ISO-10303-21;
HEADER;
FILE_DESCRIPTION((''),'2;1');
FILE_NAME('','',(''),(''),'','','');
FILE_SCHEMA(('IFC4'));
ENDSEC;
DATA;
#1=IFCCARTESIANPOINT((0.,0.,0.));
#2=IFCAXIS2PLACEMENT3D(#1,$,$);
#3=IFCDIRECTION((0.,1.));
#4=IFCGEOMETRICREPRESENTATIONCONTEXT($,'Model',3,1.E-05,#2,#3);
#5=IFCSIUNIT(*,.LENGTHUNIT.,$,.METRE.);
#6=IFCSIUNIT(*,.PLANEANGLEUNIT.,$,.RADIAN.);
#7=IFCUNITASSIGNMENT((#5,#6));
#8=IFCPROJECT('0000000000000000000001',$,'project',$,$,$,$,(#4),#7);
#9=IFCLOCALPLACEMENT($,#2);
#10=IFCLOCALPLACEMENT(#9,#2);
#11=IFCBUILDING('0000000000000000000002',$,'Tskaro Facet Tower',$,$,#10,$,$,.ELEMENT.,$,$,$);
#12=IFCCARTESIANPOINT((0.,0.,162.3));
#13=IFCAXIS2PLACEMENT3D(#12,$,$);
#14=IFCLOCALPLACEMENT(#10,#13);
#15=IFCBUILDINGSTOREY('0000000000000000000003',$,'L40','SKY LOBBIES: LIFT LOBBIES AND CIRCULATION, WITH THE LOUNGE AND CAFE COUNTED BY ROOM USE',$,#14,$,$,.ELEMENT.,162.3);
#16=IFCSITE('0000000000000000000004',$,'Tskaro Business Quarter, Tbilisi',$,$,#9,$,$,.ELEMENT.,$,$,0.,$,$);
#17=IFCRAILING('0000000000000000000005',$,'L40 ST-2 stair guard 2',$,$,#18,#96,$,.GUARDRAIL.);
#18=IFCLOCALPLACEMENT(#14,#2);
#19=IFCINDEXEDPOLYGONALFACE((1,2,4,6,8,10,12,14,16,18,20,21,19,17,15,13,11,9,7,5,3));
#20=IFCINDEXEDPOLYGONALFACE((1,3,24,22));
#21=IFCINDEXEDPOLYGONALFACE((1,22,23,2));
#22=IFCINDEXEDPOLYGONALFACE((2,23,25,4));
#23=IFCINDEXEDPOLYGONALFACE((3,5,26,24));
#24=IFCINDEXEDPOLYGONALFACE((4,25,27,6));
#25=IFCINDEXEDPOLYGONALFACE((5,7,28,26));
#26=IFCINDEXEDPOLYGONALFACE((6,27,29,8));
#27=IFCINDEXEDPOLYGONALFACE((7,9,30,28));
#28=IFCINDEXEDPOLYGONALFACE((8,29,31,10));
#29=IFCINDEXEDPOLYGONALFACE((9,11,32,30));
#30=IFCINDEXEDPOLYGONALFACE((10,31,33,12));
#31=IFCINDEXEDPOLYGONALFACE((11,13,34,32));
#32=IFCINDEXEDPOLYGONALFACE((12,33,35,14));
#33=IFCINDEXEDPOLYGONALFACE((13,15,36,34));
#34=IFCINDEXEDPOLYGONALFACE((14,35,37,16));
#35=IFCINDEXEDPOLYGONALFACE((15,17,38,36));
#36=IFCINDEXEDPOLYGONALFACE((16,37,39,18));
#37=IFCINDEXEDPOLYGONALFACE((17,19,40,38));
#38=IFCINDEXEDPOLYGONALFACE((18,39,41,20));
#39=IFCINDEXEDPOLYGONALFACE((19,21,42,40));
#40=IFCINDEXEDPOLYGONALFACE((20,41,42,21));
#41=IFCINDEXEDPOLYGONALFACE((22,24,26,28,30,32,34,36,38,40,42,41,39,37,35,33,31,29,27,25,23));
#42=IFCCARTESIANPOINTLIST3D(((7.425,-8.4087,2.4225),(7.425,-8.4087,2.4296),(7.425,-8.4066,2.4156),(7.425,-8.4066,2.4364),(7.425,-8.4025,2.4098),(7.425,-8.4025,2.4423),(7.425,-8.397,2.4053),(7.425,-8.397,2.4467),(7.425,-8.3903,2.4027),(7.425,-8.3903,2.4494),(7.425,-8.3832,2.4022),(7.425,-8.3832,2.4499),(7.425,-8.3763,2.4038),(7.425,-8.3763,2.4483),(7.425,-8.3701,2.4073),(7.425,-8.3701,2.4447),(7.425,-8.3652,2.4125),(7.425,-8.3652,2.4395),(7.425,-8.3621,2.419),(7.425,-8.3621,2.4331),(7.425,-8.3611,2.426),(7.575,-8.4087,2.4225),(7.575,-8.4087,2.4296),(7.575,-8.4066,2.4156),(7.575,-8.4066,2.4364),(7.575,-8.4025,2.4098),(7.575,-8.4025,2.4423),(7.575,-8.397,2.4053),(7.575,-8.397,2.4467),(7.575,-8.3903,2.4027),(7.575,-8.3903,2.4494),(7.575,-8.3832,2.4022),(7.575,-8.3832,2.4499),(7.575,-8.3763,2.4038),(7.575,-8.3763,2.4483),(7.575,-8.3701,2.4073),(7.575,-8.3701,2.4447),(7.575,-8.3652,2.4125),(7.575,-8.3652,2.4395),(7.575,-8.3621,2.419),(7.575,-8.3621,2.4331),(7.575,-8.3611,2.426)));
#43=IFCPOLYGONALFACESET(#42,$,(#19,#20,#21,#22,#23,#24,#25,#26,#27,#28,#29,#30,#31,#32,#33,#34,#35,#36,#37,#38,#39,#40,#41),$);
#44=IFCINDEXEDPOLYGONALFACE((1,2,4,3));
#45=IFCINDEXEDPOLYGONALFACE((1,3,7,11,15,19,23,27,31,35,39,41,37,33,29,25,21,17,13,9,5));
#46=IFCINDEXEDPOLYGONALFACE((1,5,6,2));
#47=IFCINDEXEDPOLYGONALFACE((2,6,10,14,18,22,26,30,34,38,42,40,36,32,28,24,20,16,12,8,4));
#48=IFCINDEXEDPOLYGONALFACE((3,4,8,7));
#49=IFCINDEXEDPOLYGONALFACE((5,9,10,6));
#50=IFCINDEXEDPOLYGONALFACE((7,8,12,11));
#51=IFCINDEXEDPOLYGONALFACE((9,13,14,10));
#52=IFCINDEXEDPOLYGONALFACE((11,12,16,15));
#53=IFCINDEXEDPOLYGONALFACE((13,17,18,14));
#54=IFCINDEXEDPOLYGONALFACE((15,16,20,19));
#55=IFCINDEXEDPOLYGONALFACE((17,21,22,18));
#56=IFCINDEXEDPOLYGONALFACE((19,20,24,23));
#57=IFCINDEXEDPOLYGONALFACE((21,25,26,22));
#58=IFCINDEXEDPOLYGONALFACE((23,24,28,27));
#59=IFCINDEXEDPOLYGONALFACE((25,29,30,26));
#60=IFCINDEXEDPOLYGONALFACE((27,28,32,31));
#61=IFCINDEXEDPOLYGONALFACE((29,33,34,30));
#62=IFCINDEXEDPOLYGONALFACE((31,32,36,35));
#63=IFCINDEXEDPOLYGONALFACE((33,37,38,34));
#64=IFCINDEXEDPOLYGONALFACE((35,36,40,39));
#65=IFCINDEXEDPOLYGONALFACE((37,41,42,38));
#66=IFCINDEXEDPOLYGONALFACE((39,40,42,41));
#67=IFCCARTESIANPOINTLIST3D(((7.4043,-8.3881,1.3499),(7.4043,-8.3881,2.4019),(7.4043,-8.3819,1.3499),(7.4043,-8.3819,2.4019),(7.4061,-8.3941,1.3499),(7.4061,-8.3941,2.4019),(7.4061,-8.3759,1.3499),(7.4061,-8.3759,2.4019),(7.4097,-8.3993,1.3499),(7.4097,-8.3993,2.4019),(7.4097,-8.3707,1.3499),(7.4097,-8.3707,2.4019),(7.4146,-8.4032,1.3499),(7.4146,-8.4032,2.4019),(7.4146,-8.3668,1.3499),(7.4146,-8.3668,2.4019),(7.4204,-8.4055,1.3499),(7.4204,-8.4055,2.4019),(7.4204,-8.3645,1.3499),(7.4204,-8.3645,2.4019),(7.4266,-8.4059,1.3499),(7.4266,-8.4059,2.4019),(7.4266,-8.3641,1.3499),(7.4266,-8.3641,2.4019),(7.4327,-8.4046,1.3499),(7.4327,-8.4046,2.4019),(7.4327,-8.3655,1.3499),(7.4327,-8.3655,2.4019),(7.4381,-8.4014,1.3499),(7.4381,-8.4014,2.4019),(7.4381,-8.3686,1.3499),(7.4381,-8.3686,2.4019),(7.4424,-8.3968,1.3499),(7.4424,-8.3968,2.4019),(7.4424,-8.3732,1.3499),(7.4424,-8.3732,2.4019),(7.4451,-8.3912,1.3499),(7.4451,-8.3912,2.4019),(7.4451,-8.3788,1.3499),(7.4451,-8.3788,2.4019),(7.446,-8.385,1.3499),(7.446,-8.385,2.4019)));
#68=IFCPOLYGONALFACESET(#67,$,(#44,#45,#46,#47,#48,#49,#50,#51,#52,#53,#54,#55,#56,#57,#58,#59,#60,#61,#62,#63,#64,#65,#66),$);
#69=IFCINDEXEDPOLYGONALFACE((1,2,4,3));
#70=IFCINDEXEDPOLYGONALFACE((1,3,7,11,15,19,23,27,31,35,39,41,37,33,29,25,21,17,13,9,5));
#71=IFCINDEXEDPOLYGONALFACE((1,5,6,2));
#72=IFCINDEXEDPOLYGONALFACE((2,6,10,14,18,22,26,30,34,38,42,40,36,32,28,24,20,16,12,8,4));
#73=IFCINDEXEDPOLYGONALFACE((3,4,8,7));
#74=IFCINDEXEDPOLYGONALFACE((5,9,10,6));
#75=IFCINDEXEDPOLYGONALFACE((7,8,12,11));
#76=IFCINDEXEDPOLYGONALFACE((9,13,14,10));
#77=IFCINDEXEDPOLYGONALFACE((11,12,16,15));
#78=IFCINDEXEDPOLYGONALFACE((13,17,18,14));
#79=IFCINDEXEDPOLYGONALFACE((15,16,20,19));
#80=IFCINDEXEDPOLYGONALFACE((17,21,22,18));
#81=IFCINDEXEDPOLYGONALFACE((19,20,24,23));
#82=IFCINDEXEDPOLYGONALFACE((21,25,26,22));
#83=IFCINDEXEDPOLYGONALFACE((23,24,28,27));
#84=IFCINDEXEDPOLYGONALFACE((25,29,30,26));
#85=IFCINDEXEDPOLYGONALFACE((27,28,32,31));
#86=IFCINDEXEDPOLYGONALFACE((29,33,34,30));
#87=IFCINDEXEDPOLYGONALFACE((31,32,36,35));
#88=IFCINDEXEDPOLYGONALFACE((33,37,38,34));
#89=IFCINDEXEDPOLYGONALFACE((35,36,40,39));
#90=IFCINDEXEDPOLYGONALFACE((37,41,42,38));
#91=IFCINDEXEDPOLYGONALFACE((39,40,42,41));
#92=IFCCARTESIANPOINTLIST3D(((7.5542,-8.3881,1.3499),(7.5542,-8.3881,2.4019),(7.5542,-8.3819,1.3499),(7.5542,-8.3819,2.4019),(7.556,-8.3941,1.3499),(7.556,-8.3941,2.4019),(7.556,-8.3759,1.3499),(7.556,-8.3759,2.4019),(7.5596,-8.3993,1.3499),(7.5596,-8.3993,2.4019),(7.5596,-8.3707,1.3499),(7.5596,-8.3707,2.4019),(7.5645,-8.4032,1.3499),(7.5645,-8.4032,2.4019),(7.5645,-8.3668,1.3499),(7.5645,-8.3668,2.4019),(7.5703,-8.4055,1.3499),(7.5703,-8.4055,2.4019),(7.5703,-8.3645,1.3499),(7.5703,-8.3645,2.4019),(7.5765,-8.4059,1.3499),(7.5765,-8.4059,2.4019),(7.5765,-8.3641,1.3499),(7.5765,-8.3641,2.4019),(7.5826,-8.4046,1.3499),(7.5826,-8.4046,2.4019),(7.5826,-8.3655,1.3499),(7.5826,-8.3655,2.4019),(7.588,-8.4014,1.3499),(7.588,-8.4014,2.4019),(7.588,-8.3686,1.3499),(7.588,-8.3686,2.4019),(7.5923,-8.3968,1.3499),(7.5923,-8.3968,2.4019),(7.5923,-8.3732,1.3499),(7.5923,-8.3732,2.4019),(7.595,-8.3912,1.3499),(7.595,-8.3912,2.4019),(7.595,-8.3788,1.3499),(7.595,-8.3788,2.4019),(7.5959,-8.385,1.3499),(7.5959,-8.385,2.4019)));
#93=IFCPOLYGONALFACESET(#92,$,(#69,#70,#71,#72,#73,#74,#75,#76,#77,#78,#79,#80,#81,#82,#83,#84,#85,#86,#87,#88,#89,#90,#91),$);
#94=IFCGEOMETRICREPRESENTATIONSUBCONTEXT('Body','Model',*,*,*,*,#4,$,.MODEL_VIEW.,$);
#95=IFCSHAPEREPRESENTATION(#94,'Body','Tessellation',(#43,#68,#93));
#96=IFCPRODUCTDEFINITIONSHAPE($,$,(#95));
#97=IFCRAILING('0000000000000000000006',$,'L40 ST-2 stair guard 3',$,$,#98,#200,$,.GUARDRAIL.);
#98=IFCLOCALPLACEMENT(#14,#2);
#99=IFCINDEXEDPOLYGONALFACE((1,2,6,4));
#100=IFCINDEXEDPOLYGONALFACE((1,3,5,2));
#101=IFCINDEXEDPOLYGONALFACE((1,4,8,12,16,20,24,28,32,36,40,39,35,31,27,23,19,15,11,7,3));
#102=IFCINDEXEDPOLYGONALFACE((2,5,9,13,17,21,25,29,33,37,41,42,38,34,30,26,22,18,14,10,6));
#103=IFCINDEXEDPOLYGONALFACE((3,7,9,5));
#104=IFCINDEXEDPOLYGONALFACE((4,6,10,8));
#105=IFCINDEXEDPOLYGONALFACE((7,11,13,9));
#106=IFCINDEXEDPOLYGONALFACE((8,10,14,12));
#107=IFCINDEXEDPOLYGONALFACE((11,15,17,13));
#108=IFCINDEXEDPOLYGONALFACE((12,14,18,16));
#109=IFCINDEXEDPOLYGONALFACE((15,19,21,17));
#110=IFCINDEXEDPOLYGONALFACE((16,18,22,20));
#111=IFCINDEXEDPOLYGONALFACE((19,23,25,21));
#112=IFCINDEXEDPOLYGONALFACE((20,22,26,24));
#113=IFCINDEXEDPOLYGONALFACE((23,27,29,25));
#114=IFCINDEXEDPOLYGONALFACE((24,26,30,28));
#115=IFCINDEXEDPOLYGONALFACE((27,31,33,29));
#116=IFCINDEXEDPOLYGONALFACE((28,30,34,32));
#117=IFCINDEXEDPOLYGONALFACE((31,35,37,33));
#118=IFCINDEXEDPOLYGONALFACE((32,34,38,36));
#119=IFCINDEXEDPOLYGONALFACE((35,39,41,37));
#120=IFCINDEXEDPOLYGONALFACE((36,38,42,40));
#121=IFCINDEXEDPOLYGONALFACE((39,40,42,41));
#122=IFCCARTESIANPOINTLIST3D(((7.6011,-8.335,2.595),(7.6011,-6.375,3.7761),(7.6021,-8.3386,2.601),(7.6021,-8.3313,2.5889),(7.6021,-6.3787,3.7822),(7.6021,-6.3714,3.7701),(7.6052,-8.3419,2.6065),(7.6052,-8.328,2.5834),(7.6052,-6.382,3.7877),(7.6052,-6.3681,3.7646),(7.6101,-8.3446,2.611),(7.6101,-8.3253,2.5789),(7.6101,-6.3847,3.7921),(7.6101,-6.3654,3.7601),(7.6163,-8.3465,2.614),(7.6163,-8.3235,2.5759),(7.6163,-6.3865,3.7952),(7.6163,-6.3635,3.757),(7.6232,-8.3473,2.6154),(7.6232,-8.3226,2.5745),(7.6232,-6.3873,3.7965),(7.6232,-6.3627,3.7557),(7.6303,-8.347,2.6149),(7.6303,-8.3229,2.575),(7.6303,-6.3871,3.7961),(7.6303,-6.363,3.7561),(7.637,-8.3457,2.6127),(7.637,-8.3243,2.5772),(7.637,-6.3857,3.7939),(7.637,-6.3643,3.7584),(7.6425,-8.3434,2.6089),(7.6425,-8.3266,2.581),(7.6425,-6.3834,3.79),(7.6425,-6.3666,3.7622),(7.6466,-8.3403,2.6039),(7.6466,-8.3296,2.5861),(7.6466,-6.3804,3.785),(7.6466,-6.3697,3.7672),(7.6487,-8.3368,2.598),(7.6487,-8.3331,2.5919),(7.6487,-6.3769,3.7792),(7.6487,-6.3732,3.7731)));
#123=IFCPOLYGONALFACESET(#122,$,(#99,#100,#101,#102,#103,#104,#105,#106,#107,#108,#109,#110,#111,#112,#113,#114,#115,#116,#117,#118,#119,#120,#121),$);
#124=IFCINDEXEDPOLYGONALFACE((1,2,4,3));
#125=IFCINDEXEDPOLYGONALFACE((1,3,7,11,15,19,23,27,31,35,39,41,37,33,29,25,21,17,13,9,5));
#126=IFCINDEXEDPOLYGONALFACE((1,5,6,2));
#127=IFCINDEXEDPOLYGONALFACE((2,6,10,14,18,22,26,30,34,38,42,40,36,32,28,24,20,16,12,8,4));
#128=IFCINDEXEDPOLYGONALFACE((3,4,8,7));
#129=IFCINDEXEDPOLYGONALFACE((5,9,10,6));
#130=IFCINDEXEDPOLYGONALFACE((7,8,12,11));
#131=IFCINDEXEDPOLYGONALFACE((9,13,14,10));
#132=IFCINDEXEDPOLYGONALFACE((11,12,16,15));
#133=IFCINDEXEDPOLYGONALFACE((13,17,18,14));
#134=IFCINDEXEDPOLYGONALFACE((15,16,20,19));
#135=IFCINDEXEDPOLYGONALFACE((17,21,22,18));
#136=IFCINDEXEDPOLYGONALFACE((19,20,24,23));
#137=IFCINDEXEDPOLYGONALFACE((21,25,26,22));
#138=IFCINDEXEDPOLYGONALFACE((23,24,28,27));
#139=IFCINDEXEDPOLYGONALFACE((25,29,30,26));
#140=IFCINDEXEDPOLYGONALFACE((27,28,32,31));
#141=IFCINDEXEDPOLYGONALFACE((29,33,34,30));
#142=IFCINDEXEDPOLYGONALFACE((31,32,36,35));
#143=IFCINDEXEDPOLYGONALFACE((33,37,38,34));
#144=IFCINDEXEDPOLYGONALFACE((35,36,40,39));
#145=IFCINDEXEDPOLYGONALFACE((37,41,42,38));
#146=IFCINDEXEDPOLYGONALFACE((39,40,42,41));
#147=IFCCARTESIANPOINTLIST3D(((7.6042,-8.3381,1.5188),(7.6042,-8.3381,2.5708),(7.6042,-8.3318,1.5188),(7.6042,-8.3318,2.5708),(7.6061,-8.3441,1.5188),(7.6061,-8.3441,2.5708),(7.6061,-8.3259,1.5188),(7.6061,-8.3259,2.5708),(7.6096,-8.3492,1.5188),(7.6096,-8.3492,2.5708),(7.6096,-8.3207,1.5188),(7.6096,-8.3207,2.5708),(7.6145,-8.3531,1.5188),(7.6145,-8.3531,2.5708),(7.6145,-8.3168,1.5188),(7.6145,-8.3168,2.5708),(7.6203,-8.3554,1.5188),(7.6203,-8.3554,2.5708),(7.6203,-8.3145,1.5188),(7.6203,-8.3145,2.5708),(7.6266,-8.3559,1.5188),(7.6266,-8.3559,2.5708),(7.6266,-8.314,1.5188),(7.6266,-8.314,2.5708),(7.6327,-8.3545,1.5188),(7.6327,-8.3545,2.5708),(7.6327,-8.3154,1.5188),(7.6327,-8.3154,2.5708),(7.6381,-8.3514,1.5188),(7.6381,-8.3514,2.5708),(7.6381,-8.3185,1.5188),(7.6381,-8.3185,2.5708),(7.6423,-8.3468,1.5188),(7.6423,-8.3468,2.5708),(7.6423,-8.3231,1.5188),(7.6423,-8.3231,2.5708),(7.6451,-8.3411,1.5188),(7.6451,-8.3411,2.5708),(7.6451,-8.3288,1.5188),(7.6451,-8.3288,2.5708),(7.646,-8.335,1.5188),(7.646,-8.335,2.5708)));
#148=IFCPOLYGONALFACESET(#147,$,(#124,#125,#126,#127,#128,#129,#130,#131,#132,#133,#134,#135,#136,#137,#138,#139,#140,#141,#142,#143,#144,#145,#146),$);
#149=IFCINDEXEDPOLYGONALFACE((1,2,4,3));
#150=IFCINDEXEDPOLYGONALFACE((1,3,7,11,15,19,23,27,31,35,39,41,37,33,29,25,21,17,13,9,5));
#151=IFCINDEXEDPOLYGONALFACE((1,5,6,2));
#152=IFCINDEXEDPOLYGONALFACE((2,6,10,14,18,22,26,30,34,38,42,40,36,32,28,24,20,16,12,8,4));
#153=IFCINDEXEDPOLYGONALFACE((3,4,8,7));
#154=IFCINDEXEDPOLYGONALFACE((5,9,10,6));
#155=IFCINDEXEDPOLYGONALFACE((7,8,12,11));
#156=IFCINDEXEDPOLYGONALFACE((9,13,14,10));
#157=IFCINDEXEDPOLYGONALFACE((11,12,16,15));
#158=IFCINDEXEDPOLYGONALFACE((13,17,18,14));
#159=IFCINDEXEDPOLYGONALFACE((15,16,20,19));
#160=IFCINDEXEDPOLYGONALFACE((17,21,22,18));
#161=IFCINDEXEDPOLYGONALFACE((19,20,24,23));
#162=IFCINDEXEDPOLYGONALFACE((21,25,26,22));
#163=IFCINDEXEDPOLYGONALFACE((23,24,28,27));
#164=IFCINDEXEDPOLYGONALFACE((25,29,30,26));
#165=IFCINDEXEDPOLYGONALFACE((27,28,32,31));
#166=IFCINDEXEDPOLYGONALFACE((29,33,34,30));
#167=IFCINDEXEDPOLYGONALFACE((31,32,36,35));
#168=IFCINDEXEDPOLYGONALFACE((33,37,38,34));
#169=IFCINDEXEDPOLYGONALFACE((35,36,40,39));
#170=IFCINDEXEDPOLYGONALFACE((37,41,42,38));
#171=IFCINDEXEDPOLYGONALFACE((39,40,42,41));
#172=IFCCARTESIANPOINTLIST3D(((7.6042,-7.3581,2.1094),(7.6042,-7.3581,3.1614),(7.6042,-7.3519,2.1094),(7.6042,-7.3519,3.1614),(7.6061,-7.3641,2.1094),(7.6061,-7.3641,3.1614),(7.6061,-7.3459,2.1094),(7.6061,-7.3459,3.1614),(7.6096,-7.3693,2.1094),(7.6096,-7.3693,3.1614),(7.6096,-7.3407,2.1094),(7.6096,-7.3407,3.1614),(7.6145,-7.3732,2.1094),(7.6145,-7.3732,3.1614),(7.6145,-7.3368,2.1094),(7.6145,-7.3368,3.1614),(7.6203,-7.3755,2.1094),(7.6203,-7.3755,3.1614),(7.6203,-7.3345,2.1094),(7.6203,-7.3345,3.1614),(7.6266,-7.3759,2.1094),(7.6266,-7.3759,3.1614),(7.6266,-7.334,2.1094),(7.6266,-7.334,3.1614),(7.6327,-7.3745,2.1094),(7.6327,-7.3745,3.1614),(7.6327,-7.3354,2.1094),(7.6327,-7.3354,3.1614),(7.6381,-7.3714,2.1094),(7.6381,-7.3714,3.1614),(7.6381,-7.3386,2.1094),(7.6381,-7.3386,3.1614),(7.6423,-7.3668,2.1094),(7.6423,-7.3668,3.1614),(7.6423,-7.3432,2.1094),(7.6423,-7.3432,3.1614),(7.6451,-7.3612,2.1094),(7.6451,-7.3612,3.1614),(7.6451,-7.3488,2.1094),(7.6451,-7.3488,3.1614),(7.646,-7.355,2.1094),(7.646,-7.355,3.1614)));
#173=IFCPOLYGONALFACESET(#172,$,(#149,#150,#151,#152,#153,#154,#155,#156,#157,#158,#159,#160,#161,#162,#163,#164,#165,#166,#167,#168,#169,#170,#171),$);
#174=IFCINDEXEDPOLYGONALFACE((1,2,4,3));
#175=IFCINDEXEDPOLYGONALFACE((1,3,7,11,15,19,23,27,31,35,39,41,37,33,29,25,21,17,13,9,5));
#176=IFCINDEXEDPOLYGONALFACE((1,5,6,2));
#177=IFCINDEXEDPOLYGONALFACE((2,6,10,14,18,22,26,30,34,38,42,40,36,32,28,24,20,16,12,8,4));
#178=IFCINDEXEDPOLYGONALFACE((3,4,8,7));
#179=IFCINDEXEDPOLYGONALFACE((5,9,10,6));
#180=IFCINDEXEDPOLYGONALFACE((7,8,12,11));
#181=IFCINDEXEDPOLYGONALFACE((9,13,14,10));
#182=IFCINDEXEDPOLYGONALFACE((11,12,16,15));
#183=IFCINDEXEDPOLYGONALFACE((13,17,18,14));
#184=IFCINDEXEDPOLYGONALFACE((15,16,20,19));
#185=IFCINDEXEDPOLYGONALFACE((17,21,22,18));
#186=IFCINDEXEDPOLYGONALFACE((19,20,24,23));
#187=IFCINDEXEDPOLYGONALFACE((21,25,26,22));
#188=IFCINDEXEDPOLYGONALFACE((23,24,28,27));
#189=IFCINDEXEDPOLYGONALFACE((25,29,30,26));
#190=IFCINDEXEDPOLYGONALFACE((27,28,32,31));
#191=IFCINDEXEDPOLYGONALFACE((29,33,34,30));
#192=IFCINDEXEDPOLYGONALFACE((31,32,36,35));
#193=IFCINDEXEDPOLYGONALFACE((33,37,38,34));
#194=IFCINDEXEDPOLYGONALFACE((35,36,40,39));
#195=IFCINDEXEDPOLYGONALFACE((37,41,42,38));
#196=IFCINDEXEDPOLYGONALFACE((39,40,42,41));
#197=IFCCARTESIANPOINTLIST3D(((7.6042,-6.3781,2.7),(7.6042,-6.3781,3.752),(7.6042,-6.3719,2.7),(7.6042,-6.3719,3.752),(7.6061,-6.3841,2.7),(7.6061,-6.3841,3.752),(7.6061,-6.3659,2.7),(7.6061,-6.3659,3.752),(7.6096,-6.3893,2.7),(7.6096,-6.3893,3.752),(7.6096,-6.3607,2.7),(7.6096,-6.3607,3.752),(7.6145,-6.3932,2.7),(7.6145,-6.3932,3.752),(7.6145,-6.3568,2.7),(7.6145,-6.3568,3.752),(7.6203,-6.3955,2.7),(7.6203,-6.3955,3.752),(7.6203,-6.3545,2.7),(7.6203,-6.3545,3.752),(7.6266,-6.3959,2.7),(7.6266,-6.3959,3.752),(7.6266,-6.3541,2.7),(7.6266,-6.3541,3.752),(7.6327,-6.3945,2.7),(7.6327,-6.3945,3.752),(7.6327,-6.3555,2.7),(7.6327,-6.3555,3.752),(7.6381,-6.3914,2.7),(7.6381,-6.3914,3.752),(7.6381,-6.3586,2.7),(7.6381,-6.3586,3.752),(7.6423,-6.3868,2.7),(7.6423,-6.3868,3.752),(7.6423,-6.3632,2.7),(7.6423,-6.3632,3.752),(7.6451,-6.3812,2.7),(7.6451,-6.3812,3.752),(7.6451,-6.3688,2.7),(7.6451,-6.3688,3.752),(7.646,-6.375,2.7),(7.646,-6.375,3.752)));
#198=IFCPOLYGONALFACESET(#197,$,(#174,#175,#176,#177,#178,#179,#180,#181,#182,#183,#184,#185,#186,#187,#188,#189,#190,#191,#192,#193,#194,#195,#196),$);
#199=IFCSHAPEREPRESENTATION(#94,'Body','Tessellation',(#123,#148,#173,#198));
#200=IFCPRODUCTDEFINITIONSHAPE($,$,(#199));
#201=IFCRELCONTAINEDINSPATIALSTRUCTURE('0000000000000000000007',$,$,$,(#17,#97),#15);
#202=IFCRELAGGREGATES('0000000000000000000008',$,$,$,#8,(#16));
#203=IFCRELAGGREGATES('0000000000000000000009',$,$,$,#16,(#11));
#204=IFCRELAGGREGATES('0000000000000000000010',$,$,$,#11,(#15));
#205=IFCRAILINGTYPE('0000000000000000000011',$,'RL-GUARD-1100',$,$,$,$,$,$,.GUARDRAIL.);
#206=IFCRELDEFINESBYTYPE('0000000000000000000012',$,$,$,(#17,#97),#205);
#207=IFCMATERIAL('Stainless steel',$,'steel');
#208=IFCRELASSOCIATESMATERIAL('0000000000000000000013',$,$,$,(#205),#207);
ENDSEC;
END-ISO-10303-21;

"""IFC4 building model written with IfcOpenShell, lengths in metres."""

from ifc_helpers import new_model, si_unit, direction, frame, origin, origin_2d, place, context, subcontext, project, spatial, circle, extrude, material, type_object, element, save


model = new_model("IFC4")

# Units and contexts
model_context = context("Model", 3, precision=1e-05, world=origin(), true_north=direction((0.0, 1.0)))
body_context = subcontext(model_context, "Body", "Model", "MODEL_VIEW")
ifc_project = project(units=[si_unit("LENGTHUNIT", "METRE"), si_unit("PLANEANGLEUNIT", "RADIAN")], contexts=[model_context])

# Site, building, storey
site_placement = place(None, origin())
site = spatial("IfcSite", under=ifc_project, at=site_placement, Name="Tskaro Business Quarter, Tbilisi", CompositionType="ELEMENT", RefElevation=0.0)
building_placement = place(site_placement, origin())
building = spatial("IfcBuilding", under=site, at=building_placement, Name="Tskaro Facet Tower", CompositionType="ELEMENT")
storey_placement = place(building_placement, frame((0.0, 0.0, 162.3)))
storey = spatial("IfcBuildingStorey", under=building, at=storey_placement, Name="L40", Description="SKY LOBBIES: LIFT LOBBIES AND CIRCULATION, WITH THE LOUNGE AND CAFE COUNTED BY ROOM USE", CompositionType="ELEMENT", Elevation=162.3)

# Shared definitions
ifc_material_1 = material(Name="Stainless steel", Category="steel")

# Railings
railing_type_1 = type_object("IfcRailingType", Name="RL-GUARD-1100", PredefinedType="GUARDRAIL", material=ifc_material_1)
railing_1_placement = place(storey_placement, frame((7.425, -8.385, 1.3499)))
element("IfcRailing", 1, at=railing_1_placement, inside=storey, type_object=railing_type_1, Name="L40 ST-2 stair guard 2", PredefinedType="GUARDRAIL", context=body_context, shape_type="SweptSolid", body=[
    extrude(circle(Radius=0.0239, at=origin_2d()), frame((0.0, 0.0, 1.0762), z_axis=(1.0, 0.0, 0.0), x_axis=(0.0, 1.0, 0.0)), (0.0, 0.0, 1.0), 0.1499),
    extrude(circle(Radius=0.021, at=origin_2d()), origin(), (0.0, 0.0, 1.0), 1.052),
    extrude(circle(Radius=0.021, at=origin_2d()), frame((0.1499, 0.0, 0.0)), (0.0, 0.0, 1.0), 1.052),
])
railing_2_placement = place(storey_placement, frame((7.625, -8.335, 1.5188)))
element("IfcRailing", 2, at=railing_2_placement, inside=storey, type_object=railing_type_1, Name="L40 ST-2 stair guard 3", PredefinedType="GUARDRAIL", context=body_context, shape_type="SweptSolid", body=[
    extrude(circle(Radius=0.0239, at=origin_2d()), frame((0.0, 0.0, 1.0762), z_axis=(0.0, 0.856493, 0.516158), x_axis=(-1.0, 0.0, 0.0)), (0.0, 0.0, 1.0), 2.2883),
    extrude(circle(Radius=0.021, at=origin_2d()), origin(), (0.0, 0.0, 1.0), 1.052),
    extrude(circle(Radius=0.021, at=origin_2d()), frame((0.0, 0.98, 0.5906)), (0.0, 0.0, 1.0), 1.052),
    extrude(circle(Radius=0.021, at=origin_2d()), frame((0.0, 1.96, 1.1812)), (0.0, 0.0, 1.0), 1.052),
])

save(model, "model.ifc")
